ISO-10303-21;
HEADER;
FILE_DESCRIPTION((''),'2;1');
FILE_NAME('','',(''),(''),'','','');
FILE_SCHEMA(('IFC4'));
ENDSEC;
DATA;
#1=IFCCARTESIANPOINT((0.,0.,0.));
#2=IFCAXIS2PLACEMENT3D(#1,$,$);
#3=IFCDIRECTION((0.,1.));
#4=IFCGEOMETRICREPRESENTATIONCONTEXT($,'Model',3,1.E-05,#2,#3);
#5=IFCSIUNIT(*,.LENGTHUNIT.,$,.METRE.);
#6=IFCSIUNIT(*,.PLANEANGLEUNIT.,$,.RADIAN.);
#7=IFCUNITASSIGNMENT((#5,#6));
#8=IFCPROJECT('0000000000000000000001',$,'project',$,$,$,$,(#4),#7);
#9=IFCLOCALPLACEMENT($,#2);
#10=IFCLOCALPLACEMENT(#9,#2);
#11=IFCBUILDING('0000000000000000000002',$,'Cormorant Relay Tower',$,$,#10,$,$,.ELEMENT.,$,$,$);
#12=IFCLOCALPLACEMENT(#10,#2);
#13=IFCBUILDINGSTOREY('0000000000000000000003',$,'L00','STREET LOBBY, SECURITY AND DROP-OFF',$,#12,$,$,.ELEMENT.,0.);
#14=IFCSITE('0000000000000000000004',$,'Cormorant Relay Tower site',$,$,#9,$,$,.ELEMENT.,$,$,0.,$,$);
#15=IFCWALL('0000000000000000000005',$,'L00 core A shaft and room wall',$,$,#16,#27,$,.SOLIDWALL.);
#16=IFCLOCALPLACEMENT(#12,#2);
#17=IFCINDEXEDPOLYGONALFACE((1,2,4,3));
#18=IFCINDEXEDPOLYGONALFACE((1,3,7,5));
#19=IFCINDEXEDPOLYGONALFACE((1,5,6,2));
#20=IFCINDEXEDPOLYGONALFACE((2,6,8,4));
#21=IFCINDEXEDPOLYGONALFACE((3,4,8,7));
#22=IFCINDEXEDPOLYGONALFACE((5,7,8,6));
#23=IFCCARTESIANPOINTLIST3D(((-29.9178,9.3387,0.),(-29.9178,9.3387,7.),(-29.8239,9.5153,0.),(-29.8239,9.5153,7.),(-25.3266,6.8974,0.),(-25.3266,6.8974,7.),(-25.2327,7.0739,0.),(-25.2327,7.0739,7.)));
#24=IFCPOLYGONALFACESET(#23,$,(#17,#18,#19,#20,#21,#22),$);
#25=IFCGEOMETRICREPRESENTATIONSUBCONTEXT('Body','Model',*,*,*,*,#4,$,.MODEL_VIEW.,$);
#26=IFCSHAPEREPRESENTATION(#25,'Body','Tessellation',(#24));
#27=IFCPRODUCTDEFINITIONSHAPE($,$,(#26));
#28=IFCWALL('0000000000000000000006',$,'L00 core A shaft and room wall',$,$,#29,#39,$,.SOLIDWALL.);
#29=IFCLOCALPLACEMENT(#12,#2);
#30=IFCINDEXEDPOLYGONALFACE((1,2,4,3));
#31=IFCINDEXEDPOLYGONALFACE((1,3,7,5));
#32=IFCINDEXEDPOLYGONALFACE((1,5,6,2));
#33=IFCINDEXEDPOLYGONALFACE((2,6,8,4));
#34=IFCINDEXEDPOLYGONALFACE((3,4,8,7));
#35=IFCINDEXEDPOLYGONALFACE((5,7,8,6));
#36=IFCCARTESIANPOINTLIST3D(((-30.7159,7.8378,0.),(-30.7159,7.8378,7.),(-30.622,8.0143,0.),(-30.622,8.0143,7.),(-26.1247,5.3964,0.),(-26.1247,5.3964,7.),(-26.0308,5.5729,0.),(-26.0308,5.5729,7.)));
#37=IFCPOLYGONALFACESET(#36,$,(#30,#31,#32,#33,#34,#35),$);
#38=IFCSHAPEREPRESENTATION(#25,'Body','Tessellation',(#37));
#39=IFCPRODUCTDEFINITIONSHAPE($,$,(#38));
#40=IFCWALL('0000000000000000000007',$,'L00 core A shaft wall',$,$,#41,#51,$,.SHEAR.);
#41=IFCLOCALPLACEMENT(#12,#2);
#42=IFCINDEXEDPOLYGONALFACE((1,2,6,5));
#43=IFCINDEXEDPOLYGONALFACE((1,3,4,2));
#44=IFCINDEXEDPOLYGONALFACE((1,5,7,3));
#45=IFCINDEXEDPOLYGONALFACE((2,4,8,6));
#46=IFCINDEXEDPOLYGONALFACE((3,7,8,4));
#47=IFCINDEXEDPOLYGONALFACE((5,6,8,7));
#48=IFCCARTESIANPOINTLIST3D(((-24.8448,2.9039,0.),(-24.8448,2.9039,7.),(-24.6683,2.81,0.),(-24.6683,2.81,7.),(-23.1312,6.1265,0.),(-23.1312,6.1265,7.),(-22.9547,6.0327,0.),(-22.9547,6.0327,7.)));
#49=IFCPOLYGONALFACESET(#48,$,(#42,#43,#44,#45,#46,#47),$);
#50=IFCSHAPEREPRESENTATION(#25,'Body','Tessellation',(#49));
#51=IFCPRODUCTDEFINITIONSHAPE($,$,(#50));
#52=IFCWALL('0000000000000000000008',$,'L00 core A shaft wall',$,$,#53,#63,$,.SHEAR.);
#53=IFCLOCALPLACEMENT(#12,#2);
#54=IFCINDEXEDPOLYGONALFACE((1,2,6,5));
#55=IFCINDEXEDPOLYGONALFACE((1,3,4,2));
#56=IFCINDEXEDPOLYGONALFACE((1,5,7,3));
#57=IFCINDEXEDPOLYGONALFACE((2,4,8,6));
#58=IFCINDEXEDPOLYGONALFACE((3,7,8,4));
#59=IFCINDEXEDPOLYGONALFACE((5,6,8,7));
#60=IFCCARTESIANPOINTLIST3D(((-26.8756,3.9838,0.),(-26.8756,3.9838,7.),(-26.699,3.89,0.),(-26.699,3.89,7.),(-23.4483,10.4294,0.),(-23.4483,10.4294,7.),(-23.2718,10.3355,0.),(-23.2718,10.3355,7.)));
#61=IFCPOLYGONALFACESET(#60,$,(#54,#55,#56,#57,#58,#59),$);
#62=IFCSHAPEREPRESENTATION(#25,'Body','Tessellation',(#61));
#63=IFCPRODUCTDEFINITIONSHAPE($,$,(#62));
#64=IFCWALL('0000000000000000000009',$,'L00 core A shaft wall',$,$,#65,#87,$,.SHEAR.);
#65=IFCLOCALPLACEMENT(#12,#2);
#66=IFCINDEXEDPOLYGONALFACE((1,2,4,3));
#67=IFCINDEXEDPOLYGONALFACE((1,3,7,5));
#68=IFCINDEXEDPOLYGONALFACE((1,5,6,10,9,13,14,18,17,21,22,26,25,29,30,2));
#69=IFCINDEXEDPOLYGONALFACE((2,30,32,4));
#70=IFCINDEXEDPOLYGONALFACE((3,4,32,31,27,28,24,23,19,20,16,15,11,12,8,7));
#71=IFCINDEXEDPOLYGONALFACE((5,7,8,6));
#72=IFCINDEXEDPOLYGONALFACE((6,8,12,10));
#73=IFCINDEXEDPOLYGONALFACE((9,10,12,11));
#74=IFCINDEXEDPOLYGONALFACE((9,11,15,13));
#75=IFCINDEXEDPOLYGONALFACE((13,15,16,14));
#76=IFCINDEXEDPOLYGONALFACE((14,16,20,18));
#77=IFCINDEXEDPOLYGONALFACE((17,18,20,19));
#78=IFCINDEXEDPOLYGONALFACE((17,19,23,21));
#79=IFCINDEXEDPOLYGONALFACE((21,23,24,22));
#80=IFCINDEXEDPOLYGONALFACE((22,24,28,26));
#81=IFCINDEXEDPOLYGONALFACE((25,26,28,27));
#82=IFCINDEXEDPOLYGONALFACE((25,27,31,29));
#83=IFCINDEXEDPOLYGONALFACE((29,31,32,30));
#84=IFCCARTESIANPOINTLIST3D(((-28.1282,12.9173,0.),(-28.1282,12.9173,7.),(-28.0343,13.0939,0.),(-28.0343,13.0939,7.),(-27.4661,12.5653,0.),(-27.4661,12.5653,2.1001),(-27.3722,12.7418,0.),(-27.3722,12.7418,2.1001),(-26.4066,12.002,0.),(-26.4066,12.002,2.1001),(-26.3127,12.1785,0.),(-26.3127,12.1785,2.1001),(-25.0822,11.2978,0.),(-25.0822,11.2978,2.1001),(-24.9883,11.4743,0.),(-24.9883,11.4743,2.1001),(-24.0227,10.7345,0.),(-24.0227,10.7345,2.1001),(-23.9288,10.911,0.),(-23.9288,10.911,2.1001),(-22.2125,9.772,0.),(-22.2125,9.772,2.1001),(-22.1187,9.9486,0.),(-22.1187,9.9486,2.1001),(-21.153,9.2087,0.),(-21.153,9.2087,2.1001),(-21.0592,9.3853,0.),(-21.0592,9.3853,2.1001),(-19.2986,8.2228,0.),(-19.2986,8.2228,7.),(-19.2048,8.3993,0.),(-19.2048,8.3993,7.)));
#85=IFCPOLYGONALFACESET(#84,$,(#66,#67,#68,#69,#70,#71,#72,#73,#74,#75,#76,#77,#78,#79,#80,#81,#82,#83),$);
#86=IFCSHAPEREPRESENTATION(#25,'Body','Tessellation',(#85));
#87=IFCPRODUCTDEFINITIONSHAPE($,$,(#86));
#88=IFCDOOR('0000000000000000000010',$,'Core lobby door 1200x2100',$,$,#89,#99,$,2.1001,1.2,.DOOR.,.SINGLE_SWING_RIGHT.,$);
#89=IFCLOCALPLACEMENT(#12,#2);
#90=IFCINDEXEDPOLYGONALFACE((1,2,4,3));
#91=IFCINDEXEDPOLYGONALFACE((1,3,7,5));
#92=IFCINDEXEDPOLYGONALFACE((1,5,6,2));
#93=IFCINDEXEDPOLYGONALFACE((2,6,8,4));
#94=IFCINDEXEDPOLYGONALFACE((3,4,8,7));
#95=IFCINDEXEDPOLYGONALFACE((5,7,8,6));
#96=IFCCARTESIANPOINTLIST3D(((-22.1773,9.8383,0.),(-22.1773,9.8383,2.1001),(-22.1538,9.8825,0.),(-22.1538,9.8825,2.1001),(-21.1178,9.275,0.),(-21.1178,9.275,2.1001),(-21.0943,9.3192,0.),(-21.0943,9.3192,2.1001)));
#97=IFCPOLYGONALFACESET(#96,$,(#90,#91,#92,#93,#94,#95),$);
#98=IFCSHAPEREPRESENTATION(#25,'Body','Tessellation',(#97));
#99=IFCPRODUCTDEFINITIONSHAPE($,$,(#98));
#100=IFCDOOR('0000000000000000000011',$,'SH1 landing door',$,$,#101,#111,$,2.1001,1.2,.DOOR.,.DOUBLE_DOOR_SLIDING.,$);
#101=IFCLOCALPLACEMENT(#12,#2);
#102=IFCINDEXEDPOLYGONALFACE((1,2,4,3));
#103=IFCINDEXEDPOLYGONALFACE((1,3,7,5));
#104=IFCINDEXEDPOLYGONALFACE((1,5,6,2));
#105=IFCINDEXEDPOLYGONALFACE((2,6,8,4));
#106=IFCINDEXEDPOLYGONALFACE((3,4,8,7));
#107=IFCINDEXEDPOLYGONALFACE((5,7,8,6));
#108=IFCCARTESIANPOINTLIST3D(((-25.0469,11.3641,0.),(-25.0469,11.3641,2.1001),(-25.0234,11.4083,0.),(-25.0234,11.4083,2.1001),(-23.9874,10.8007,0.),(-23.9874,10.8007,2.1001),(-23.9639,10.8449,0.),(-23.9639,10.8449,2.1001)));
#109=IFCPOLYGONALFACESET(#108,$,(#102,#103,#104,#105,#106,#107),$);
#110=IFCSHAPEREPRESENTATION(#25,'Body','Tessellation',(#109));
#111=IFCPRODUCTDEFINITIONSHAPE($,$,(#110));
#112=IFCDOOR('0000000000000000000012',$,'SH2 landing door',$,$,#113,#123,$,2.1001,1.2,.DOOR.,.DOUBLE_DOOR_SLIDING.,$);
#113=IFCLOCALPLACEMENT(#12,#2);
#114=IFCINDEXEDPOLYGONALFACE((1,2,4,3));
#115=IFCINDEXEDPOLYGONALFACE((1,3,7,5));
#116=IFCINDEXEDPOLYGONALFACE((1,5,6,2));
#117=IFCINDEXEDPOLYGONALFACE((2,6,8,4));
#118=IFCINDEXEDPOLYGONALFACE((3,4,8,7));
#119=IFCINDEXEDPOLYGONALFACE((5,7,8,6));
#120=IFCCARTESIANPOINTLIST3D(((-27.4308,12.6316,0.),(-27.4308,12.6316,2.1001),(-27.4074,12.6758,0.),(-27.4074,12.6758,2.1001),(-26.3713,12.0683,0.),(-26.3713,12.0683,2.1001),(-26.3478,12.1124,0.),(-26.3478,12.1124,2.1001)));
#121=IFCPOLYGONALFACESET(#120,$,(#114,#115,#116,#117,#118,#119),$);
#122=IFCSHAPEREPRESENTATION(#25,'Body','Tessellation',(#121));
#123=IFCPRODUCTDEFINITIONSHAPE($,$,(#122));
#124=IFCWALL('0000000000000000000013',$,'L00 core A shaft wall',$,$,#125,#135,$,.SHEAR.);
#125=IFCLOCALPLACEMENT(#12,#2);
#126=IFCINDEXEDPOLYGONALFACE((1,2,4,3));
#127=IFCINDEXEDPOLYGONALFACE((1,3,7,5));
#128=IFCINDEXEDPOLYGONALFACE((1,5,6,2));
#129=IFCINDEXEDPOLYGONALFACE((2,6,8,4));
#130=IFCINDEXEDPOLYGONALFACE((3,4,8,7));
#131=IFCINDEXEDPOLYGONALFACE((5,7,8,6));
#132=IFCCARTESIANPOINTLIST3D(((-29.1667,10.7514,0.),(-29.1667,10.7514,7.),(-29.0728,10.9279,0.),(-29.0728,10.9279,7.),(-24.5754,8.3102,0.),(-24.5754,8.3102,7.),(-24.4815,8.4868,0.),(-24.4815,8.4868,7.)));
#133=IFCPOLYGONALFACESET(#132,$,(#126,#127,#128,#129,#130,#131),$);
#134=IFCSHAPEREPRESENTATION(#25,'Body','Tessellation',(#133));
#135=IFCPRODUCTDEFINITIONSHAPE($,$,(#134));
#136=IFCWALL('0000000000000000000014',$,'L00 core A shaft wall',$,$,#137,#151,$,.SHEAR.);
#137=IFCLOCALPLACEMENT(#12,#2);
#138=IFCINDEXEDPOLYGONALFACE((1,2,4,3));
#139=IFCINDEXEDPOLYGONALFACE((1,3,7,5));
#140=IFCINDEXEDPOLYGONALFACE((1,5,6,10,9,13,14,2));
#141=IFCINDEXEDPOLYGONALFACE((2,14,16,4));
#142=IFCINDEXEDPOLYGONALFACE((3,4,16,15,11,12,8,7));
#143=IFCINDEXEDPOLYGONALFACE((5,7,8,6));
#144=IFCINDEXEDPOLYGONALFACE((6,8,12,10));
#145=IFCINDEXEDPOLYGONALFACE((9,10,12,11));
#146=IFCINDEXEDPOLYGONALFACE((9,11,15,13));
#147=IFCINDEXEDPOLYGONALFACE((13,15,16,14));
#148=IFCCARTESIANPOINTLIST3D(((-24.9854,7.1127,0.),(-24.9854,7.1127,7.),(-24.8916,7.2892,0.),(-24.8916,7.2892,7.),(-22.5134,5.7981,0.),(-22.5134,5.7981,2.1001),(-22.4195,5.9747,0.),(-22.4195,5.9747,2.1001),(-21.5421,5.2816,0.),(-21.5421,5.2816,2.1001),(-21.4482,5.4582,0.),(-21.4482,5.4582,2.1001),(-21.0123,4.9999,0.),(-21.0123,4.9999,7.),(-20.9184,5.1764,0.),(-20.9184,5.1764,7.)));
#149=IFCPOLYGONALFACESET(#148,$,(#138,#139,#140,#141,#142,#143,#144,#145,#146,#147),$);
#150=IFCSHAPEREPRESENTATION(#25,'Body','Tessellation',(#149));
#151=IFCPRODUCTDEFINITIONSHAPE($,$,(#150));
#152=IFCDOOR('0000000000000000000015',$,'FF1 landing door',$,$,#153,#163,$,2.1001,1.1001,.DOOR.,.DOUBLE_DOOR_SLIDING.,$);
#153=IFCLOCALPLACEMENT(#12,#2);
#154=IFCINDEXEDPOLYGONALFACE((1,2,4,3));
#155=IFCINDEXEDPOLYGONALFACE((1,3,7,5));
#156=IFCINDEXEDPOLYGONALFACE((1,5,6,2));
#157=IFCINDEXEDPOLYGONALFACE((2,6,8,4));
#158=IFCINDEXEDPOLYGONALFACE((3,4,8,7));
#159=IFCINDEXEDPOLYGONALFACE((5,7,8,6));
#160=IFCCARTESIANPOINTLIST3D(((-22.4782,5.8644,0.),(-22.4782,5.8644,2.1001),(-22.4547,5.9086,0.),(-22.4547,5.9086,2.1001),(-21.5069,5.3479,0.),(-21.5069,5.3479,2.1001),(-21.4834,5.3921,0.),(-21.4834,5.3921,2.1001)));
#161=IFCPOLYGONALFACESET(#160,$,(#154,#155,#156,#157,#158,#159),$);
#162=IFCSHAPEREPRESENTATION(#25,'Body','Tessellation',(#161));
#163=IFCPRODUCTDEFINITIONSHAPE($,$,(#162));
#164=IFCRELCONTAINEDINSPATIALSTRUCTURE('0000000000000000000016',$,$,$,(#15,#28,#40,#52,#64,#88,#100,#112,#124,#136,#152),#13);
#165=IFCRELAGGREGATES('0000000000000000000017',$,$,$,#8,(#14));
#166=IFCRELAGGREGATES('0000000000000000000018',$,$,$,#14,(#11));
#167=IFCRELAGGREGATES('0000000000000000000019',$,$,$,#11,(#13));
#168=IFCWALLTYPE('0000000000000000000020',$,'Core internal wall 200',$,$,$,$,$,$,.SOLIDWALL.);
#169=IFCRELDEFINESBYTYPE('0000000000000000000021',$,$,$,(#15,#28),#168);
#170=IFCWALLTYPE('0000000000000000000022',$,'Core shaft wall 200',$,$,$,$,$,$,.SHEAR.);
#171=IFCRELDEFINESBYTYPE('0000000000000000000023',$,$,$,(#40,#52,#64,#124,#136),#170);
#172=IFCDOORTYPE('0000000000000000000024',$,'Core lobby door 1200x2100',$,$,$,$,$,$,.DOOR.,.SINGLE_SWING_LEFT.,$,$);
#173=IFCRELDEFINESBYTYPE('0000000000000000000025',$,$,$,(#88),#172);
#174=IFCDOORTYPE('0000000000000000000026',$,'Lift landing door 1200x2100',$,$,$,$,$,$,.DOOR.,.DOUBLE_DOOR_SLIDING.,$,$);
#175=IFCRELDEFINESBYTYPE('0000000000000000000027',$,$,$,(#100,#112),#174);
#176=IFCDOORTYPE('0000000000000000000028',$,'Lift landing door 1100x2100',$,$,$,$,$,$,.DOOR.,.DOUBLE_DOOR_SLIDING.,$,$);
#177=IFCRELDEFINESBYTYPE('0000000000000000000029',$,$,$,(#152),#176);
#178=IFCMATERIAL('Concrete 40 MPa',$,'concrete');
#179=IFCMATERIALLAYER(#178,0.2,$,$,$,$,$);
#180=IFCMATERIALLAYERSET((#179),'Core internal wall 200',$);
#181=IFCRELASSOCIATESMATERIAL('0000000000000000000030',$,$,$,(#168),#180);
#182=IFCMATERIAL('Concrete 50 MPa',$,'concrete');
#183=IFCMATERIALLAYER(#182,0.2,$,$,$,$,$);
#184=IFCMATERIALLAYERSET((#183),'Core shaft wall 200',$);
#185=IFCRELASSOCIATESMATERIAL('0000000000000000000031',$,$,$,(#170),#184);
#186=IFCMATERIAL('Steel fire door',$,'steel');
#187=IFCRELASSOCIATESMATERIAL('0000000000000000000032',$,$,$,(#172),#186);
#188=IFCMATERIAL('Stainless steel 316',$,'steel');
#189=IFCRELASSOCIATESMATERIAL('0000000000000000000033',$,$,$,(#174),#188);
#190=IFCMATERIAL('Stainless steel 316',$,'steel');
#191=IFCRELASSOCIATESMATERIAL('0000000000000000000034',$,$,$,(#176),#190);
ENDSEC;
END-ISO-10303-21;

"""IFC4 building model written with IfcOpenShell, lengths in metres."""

from ifc_helpers import new_model, si_unit, direction, frame, frame_2d, origin, place, context, subcontext, project, spatial, rectangle, extrude, material, layer, layer_set, type_object, element, fill, save


model = new_model("IFC4")

# Units and contexts
model_context = context("Model", 3, precision=1e-05, world=origin(), true_north=direction((0.0, 1.0)))
body_context = subcontext(model_context, "Body", "Model", "MODEL_VIEW")
ifc_project = project(units=[si_unit("LENGTHUNIT", "METRE"), si_unit("PLANEANGLEUNIT", "RADIAN")], contexts=[model_context])

# Site, building, storey
site_placement = place(None, origin())
site = spatial("IfcSite", under=ifc_project, at=site_placement, Name="Cormorant Relay Tower site", CompositionType="ELEMENT", RefElevation=0.0)
building_placement = place(site_placement, origin())
building = spatial("IfcBuilding", under=site, at=building_placement, Name="Cormorant Relay Tower", CompositionType="ELEMENT")
storey_placement = place(building_placement, origin())
storey = spatial("IfcBuildingStorey", under=building, at=storey_placement, Name="L00", Description="STREET LOBBY, SECURITY AND DROP-OFF", CompositionType="ELEMENT", Elevation=0.0)

# Walls
ifc_material_1 = material(Name="Concrete 40 MPa", Category="concrete")
ifc_layer_1 = layer(ifc_material_1, 0.2)
ifc_layer_set_1 = layer_set([ifc_layer_1], Name="Core internal wall 200")
wall_type_1 = type_object("IfcWallType", Name="Core internal wall 200", PredefinedType="SOLIDWALL", material=ifc_layer_set_1)
for number, where, z_axis, x_axis, name in (
    (1, (-25.2795, 6.9856, 0.0), (0.0, 0.0, 1.0), (-0.882935, 0.469496, 0.0), "L00 core A shaft and room wall"),
    (2, (-26.0776, 5.4846, 0.0), (0.0, 0.0, 1.0), (-0.882935, 0.469496, 0.0), "L00 core A shaft and room wall"),
):
    element("IfcWall", number, at=place(storey_placement, frame(where, z_axis=z_axis, x_axis=x_axis)), inside=storey, type_object=wall_type_1, Name=name, PredefinedType="SOLIDWALL", context=body_context, shape_type="SweptSolid", body=[
        extrude(rectangle(XDim=5.2, YDim=0.2, at=frame_2d((2.6001, 0.0))), origin(), (0.0, 0.0, 1.0), 7.0),
    ])
ifc_material_2 = material(Name="Concrete 50 MPa", Category="concrete")
ifc_layer_2 = layer(ifc_material_2, 0.2)
ifc_layer_set_2 = layer_set([ifc_layer_2], Name="Core shaft wall 200")
wall_type_2 = type_object("IfcWallType", Name="Core shaft wall 200", PredefinedType="SHEAR", material=ifc_layer_set_2)
wall_1_placement = place(storey_placement, frame((-23.043, 6.0796, 0.0), z_axis=(0.0, 0.0, 1.0), x_axis=(-0.469494, -0.882936, 0.0)))
element("IfcWall", 3, at=wall_1_placement, inside=storey, type_object=wall_type_2, Name="L00 core A shaft wall", PredefinedType="SHEAR", context=body_context, shape_type="SweptSolid", body=[
    extrude(rectangle(XDim=3.6499, YDim=0.2, at=frame_2d((1.825, 0.0))), origin(), (0.0, 0.0, 1.0), 7.0),
])
wall_2_placement = place(storey_placement, frame((-23.3601, 10.3823, 0.0), z_axis=(0.0, 0.0, 1.0), x_axis=(-0.46948, -0.882943, 0.0)))
element("IfcWall", 4, at=wall_2_placement, inside=storey, type_object=wall_type_2, Name="L00 core A shaft wall", PredefinedType="SHEAR", context=body_context, shape_type="SweptSolid", body=[
    extrude(rectangle(XDim=7.3, YDim=0.2, at=frame_2d((3.6499, 0.0))), origin(), (0.0, 0.0, 1.0), 7.0),
])

# Wall, openings, doors
wall_3_placement = place(storey_placement, frame((-19.2517, 8.311, 0.0), z_axis=(0.0, 0.0, 1.0), x_axis=(-0.882956, 0.469456, 0.0)))
wall_3 = element("IfcWall", 5, at=wall_3_placement, inside=storey, type_object=wall_type_2, Name="L00 core A shaft wall", PredefinedType="SHEAR", context=body_context, shape_type="SweptSolid", body=[
    extrude(rectangle(XDim=10.0, YDim=0.2, at=frame_2d((5.0, 0.0))), origin(), (0.0, 0.0, 1.0), 7.0),
])
opening_1_placement = place(wall_3_placement, frame((2.1001, 0.0, 0.0)))
opening_1 = element("IfcOpeningElement", 6, at=opening_1_placement, cuts=wall_3, PredefinedType="OPENING", context=body_context, shape_type="SweptSolid", body=[
    extrude(rectangle(XDim=1.2, YDim=2.1001, at=frame_2d((0.6001, 1.05))), frame((0.0, 0.1099, 0.0), z_axis=(0.0, -1.0, 0.0), x_axis=(1.0, 0.0, 0.0)), (0.0, 0.0, 1.0), 0.22),
])
opening_2_placement = place(wall_3_placement, frame((5.3501, 0.0, 0.0)))
opening_2 = element("IfcOpeningElement", 7, at=opening_2_placement, cuts=wall_3, PredefinedType="OPENING", context=body_context, shape_type="SweptSolid", body=[
    extrude(rectangle(XDim=1.2, YDim=2.1001, at=frame_2d((0.6001, 1.05))), frame((0.0, 0.1099, 0.0), z_axis=(0.0, -1.0, 0.0), x_axis=(1.0, 0.0, 0.0)), (0.0, 0.0, 1.0), 0.22),
])
opening_3_placement = place(wall_3_placement, frame((8.05, 0.0, 0.0)))
opening_3 = element("IfcOpeningElement", 8, at=opening_3_placement, cuts=wall_3, PredefinedType="OPENING", context=body_context, shape_type="SweptSolid", body=[
    extrude(rectangle(XDim=1.2, YDim=2.1001, at=frame_2d((0.6001, 1.05))), frame((0.0, 0.1099, 0.0), z_axis=(0.0, -1.0, 0.0), x_axis=(1.0, 0.0, 0.0)), (0.0, 0.0, 1.0), 0.22),
])
ifc_material_3 = material(Name="Steel fire door", Category="steel")
door_type_1 = type_object("IfcDoorType", Name="Core lobby door 1200x2100", OperationType="SINGLE_SWING_LEFT", PredefinedType="DOOR", material=ifc_material_3)
door_1_placement = place(opening_1_placement, origin())
door_1 = element("IfcDoor", 9, at=door_1_placement, inside=storey, type_object=door_type_1, Name="Core lobby door 1200x2100", OperationType="SINGLE_SWING_RIGHT", OverallHeight=2.1001, OverallWidth=1.2, PredefinedType="DOOR", context=body_context, shape_type="SweptSolid", body=[
    extrude(rectangle(XDim=1.2, YDim=2.1001, at=frame_2d((0.6001, 1.05))), frame((0.0, 0.0249, 0.0), z_axis=(0.0, -1.0, 0.0), x_axis=(1.0, 0.0, 0.0)), (0.0, 0.0, 1.0), 0.05),
])
fill(opening_1, door_1)
ifc_material_4 = material(Name="Stainless steel 316", Category="steel")
door_type_2 = type_object("IfcDoorType", Name="Lift landing door 1200x2100", OperationType="DOUBLE_DOOR_SLIDING", PredefinedType="DOOR", material=ifc_material_4)
door_2_placement = place(opening_2_placement, origin())
door_2 = element("IfcDoor", 10, at=door_2_placement, inside=storey, type_object=door_type_2, Name="SH1 landing door", OperationType="DOUBLE_DOOR_SLIDING", OverallHeight=2.1001, OverallWidth=1.2, PredefinedType="DOOR", context=body_context, shape_type="SweptSolid", body=[
    extrude(rectangle(XDim=1.2, YDim=2.1001, at=frame_2d((0.6001, 1.05))), frame((0.0, 0.0249, 0.0), z_axis=(0.0, -1.0, 0.0), x_axis=(1.0, 0.0, 0.0)), (0.0, 0.0, 1.0), 0.05),
])
fill(opening_2, door_2)
door_3_placement = place(opening_3_placement, origin())
door_3 = element("IfcDoor", 11, at=door_3_placement, inside=storey, type_object=door_type_2, Name="SH2 landing door", OperationType="DOUBLE_DOOR_SLIDING", OverallHeight=2.1001, OverallWidth=1.2, PredefinedType="DOOR", context=body_context, shape_type="SweptSolid", body=[
    extrude(rectangle(XDim=1.2, YDim=2.1001, at=frame_2d((0.6001, 1.05))), frame((0.0, 0.0249, 0.0), z_axis=(0.0, -1.0, 0.0), x_axis=(1.0, 0.0, 0.0)), (0.0, 0.0, 1.0), 0.05),
])
fill(opening_3, door_3)

# Wall
wall_4_placement = place(storey_placement, frame((-24.5283, 8.3984, 0.0), z_axis=(0.0, 0.0, 1.0), x_axis=(-0.882954, 0.46946, 0.0)))
element("IfcWall", 12, at=wall_4_placement, inside=storey, type_object=wall_type_2, Name="L00 core A shaft wall", PredefinedType="SHEAR", context=body_context, shape_type="SweptSolid", body=[
    extrude(rectangle(XDim=5.2, YDim=0.2, at=frame_2d((2.6001, 0.0))), origin(), (0.0, 0.0, 1.0), 7.0),
])

# Wall, opening, door
wall_5_placement = place(storey_placement, frame((-20.9653, 5.0881, 0.0), z_axis=(0.0, 0.0, 1.0), x_axis=(-0.882926, 0.469512, 0.0)))
wall_5 = element("IfcWall", 13, at=wall_5_placement, inside=storey, type_object=wall_type_2, Name="L00 core A shaft wall", PredefinedType="SHEAR", context=body_context, shape_type="SweptSolid", body=[
    extrude(rectangle(XDim=4.5, YDim=0.2, at=frame_2d((2.25, 0.0))), origin(), (0.0, 0.0, 1.0), 7.0),
])
opening_4_placement = place(wall_5_placement, frame((0.6001, 0.0, 0.0)))
opening_4 = element("IfcOpeningElement", 14, at=opening_4_placement, cuts=wall_5, PredefinedType="OPENING", context=body_context, shape_type="SweptSolid", body=[
    extrude(rectangle(XDim=1.1001, YDim=2.1001, at=frame_2d((0.55, 1.05))), frame((0.0, 0.1099, 0.0), z_axis=(0.0, -1.0, 0.0), x_axis=(1.0, 0.0, 0.0)), (0.0, 0.0, 1.0), 0.22),
])
ifc_material_5 = material(Name="Stainless steel 316", Category="steel")
door_type_3 = type_object("IfcDoorType", Name="Lift landing door 1100x2100", OperationType="DOUBLE_DOOR_SLIDING", PredefinedType="DOOR", material=ifc_material_5)
door_4_placement = place(opening_4_placement, origin())
door_4 = element("IfcDoor", 15, at=door_4_placement, inside=storey, type_object=door_type_3, Name="FF1 landing door", OperationType="DOUBLE_DOOR_SLIDING", OverallHeight=2.1001, OverallWidth=1.1001, PredefinedType="DOOR", context=body_context, shape_type="SweptSolid", body=[
    extrude(rectangle(XDim=1.1001, YDim=2.1001, at=frame_2d((0.55, 1.05))), frame((0.0, 0.0249, 0.0), z_axis=(0.0, -1.0, 0.0), x_axis=(1.0, 0.0, 0.0)), (0.0, 0.0, 1.0), 0.05),
])
fill(opening_4, door_4)

save(model, "model.ifc")
